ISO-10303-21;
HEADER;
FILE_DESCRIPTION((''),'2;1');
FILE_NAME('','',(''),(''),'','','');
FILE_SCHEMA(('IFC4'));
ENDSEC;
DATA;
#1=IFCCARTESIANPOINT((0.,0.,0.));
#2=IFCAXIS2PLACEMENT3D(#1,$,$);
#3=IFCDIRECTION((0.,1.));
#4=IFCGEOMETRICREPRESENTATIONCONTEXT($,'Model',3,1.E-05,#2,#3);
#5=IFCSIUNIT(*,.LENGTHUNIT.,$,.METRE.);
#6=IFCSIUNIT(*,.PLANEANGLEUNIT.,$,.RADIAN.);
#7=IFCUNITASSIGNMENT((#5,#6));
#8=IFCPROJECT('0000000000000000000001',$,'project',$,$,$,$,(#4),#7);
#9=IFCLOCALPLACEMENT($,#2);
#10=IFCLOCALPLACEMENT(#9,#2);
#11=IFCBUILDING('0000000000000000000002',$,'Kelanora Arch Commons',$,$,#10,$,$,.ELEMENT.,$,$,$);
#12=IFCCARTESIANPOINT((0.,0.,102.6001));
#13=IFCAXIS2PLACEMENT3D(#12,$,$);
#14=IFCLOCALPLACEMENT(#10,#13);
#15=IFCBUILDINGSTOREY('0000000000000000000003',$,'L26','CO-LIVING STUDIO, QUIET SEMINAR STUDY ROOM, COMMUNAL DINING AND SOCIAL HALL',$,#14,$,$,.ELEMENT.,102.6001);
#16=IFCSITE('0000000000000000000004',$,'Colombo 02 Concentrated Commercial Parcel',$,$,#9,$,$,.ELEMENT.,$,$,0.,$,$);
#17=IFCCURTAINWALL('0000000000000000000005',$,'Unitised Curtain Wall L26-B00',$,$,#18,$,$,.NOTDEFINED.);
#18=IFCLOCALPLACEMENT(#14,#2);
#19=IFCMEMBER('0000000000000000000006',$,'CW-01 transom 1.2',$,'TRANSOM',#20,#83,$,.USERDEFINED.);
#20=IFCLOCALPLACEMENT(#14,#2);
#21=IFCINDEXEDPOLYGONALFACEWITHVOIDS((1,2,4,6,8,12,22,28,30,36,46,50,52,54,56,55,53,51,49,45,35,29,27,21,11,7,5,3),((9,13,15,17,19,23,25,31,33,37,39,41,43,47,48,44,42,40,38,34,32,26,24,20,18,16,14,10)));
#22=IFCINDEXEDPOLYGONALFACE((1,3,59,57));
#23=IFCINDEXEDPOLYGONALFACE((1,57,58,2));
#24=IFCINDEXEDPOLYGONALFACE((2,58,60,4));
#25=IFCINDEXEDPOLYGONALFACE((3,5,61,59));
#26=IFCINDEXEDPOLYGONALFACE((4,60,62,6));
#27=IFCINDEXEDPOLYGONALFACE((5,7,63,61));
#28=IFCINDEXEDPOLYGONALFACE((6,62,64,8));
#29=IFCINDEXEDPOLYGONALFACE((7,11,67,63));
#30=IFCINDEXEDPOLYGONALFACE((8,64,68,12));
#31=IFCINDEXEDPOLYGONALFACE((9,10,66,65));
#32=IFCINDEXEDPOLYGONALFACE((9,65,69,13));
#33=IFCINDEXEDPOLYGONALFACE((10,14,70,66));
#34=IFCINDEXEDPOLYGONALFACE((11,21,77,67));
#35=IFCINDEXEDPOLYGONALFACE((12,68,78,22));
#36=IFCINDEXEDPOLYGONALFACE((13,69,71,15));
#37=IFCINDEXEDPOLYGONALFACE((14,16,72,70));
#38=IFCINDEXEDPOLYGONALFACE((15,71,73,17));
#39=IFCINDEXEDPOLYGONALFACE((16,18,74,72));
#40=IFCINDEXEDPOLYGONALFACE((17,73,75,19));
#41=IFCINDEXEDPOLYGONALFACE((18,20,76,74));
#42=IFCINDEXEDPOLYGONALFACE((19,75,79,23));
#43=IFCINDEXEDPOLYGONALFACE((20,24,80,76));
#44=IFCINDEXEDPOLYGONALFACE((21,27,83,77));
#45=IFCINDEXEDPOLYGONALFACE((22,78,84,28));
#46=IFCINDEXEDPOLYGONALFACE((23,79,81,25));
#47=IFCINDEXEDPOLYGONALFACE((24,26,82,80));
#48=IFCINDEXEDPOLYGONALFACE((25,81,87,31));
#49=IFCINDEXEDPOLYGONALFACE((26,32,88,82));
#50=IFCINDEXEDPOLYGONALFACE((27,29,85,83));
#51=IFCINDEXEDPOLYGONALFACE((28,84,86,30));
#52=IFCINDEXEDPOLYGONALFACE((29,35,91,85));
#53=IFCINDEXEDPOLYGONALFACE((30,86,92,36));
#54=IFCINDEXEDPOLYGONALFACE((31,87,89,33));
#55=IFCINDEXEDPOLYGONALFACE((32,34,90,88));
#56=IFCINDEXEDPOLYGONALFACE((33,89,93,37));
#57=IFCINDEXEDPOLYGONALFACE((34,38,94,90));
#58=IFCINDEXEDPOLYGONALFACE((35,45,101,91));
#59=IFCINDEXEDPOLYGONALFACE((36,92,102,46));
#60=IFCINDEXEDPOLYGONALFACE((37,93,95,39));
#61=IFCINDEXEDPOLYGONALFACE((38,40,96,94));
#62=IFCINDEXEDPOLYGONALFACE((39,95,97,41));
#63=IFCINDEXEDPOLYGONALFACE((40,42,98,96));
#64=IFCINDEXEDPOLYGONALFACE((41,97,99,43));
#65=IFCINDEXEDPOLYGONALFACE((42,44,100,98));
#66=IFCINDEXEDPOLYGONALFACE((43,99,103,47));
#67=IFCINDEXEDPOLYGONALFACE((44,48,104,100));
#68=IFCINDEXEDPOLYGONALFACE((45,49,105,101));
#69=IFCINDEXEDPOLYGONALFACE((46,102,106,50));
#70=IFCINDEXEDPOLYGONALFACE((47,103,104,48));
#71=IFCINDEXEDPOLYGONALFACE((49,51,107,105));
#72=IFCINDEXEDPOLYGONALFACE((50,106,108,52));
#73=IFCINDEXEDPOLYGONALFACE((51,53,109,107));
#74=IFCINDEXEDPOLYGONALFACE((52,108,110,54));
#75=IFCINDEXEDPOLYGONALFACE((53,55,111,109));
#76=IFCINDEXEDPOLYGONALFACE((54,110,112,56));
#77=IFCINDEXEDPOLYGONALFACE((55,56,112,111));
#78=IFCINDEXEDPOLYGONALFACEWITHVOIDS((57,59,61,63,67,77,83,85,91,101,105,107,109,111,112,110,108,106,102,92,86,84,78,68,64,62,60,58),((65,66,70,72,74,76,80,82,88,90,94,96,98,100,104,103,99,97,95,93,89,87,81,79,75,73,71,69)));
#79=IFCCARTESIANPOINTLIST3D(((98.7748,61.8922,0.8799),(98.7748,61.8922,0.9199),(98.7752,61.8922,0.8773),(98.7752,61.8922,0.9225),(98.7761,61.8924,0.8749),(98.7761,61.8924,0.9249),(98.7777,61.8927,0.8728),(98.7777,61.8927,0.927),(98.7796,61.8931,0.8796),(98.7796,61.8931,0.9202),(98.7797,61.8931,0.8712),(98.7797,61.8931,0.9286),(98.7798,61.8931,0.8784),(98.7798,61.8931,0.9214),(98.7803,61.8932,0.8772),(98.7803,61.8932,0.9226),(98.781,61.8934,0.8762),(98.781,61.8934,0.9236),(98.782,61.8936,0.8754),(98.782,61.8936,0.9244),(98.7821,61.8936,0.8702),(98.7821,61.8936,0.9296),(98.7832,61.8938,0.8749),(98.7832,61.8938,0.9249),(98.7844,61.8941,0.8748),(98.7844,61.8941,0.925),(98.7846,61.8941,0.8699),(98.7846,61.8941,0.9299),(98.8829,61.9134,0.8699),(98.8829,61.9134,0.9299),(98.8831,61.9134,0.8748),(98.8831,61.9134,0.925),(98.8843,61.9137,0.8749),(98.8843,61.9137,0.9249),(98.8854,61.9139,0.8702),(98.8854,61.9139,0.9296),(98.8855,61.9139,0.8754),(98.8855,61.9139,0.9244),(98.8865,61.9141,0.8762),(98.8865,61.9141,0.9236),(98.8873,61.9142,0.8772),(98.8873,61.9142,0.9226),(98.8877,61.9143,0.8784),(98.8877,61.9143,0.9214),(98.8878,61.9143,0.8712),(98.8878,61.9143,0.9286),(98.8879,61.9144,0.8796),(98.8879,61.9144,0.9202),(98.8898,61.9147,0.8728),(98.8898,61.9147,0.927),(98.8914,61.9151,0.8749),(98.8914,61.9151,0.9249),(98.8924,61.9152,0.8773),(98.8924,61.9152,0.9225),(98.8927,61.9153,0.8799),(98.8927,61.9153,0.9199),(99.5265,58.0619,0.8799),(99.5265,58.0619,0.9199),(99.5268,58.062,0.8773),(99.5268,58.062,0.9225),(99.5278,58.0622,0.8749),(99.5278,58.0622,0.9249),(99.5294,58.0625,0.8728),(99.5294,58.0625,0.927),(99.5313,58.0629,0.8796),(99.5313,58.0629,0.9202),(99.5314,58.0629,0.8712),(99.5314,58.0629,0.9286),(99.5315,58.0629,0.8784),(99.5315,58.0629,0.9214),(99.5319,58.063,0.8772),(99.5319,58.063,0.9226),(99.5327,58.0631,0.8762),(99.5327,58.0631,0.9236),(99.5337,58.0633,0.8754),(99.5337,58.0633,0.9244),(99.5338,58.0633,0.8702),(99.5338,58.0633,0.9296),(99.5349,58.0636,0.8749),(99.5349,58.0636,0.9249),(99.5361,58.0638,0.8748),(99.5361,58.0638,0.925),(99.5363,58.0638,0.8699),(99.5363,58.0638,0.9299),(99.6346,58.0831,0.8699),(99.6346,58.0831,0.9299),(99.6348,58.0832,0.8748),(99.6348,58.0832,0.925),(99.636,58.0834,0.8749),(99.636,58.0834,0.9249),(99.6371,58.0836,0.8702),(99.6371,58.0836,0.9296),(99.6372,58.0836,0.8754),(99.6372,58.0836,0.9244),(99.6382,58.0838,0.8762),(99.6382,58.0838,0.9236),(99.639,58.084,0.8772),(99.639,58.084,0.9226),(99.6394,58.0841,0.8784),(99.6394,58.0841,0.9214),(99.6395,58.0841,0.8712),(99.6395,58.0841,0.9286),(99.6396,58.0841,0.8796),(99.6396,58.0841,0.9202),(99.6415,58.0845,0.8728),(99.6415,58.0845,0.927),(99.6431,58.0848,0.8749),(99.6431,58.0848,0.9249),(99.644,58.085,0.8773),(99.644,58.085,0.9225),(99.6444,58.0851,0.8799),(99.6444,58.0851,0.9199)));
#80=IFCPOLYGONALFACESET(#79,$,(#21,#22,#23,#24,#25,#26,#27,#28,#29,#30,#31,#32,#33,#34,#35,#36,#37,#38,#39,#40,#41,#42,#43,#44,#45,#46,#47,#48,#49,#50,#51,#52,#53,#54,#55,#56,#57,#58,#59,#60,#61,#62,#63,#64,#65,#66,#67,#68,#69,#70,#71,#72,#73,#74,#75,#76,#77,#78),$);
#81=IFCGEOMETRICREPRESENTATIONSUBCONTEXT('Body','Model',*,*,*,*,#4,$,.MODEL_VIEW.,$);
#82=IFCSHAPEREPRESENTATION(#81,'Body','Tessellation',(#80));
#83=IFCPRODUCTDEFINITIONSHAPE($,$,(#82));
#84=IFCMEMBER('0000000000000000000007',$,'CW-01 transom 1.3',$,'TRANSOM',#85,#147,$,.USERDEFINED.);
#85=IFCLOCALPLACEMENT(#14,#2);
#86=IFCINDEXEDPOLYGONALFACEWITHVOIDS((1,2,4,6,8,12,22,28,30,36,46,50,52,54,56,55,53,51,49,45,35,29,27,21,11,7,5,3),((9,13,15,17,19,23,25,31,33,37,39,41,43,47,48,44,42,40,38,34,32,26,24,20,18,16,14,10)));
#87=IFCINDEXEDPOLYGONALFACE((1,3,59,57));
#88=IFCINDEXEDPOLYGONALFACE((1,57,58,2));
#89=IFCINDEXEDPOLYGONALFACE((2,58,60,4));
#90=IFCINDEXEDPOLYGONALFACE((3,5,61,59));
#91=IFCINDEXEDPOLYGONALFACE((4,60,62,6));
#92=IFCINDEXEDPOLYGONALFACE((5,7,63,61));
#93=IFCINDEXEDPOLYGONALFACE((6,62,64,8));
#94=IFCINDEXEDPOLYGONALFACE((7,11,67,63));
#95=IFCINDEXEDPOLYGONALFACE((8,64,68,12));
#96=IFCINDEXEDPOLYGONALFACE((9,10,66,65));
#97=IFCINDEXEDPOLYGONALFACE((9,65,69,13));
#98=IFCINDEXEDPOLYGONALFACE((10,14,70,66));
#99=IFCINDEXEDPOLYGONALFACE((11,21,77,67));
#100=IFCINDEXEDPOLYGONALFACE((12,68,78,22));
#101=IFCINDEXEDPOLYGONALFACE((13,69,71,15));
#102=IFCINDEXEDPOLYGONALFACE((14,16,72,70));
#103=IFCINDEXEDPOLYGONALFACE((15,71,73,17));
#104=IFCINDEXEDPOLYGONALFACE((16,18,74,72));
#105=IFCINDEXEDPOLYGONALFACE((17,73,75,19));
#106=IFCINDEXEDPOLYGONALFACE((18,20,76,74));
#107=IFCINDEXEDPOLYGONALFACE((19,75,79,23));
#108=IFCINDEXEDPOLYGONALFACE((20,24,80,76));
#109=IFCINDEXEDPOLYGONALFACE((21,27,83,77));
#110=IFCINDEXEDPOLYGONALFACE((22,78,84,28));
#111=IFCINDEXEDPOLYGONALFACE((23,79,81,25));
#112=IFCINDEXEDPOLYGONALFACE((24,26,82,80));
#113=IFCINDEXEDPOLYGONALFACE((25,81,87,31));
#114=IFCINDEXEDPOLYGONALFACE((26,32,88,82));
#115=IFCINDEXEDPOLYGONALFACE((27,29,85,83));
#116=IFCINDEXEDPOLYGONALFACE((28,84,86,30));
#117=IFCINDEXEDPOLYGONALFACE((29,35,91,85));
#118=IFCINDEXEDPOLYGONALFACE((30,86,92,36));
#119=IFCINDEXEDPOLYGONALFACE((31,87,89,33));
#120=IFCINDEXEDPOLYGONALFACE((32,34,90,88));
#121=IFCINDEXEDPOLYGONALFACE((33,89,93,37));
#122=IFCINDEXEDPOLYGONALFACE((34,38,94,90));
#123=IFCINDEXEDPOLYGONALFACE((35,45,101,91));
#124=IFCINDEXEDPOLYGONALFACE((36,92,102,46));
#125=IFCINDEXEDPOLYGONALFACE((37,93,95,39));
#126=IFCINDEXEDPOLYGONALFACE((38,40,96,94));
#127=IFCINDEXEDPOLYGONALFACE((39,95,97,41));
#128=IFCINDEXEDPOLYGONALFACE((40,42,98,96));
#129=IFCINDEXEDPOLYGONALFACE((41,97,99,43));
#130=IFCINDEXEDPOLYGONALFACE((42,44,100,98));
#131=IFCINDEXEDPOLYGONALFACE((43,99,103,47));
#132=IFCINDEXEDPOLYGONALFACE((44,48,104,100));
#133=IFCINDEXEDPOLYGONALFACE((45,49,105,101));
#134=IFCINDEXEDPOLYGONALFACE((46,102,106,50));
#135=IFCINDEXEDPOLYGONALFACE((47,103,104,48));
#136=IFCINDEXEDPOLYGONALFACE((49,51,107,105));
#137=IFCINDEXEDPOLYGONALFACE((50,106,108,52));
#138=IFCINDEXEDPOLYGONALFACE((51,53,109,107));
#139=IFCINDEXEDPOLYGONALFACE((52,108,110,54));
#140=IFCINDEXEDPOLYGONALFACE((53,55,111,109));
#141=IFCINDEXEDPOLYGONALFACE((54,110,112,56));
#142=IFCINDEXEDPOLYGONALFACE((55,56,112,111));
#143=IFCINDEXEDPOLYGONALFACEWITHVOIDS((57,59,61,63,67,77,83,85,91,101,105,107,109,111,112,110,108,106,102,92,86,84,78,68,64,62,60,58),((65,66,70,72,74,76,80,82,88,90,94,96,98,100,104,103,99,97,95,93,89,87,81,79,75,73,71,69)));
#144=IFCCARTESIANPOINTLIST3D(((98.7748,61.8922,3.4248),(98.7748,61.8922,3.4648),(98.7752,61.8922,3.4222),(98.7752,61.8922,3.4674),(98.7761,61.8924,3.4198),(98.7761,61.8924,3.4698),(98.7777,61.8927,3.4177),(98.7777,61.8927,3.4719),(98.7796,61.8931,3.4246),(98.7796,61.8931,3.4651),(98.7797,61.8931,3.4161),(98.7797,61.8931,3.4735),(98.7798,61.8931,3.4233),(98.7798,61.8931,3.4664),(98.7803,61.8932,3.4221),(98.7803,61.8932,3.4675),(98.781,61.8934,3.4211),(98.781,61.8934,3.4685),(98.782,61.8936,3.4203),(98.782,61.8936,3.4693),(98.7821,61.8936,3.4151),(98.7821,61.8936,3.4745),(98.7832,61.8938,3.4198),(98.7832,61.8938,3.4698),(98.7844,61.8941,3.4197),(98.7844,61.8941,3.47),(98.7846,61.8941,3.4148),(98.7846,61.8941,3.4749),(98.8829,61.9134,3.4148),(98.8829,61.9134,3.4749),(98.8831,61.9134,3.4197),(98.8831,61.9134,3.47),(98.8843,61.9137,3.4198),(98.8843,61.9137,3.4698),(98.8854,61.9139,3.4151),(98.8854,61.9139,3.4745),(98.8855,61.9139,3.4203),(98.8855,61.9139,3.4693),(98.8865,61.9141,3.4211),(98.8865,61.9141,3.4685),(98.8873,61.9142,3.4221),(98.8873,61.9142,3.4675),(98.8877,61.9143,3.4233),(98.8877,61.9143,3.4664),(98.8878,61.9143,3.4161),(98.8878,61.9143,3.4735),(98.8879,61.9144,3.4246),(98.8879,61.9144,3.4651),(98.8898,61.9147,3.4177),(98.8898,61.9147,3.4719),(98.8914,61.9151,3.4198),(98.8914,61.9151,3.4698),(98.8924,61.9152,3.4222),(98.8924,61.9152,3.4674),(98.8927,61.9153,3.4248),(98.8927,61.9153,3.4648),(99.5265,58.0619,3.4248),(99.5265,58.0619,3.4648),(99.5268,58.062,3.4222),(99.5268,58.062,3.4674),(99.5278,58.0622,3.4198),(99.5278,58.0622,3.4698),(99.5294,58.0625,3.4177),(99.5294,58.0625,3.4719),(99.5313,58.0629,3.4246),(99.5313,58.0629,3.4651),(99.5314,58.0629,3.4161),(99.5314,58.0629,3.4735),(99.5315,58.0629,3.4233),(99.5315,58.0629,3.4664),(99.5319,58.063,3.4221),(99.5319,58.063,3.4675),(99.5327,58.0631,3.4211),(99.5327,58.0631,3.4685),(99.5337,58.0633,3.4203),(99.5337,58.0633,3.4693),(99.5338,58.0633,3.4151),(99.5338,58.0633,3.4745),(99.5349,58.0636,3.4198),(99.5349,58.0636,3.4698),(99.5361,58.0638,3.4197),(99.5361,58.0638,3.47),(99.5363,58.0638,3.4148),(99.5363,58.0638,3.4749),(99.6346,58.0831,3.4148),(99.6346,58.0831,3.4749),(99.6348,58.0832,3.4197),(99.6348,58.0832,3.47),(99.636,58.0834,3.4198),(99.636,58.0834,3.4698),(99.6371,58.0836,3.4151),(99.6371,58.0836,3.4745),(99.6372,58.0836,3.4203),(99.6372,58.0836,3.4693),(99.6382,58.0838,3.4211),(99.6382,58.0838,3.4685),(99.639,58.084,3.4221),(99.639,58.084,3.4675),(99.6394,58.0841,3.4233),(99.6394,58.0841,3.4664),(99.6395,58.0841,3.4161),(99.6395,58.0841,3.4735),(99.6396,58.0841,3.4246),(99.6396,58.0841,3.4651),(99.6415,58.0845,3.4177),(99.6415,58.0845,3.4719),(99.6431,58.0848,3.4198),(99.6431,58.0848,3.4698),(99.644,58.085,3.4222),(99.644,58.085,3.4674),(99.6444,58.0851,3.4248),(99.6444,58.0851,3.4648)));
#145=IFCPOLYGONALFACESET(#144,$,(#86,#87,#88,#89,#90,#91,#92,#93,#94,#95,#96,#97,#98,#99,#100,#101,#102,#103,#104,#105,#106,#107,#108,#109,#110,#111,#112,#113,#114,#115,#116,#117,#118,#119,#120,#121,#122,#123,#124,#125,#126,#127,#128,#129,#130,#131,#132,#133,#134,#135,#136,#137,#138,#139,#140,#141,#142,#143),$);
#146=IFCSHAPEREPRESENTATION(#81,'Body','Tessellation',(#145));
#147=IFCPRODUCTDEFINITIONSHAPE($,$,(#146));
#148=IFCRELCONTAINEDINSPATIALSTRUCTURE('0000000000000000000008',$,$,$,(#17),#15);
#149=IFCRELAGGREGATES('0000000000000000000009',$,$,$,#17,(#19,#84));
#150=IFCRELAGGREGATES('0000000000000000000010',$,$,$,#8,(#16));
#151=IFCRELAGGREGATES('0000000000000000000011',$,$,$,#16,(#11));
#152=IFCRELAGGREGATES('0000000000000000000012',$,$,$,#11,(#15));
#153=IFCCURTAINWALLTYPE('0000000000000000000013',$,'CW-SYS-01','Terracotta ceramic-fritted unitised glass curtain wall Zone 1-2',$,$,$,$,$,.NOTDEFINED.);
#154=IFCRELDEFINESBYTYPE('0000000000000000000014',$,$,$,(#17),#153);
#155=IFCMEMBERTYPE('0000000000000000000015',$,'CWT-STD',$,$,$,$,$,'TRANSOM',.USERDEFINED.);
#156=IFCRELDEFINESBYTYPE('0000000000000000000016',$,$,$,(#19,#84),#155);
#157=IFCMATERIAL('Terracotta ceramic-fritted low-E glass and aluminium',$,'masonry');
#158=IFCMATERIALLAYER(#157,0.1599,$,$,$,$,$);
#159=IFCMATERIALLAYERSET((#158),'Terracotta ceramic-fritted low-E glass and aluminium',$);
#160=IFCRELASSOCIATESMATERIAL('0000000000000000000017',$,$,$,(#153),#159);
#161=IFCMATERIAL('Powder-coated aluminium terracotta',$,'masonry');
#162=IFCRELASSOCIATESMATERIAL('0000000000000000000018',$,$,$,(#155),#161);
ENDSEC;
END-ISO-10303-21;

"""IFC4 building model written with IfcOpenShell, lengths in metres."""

from ifc_helpers import new_model, si_unit, direction, frame, origin, origin_2d, place, context, subcontext, project, spatial, hollow_rectangle, extrude, material, layer, layer_set, material_profile, profile_set, type_object, element, aggregate, save


model = new_model("IFC4")

# Units and contexts
model_context = context("Model", 3, precision=1e-05, world=origin(), true_north=direction((0.0, 1.0)))
body_context = subcontext(model_context, "Body", "Model", "MODEL_VIEW")
ifc_project = project(units=[si_unit("LENGTHUNIT", "METRE"), si_unit("PLANEANGLEUNIT", "RADIAN")], contexts=[model_context])

# Site, building, storey
site_placement = place(None, origin())
site = spatial("IfcSite", under=ifc_project, at=site_placement, Name="Colombo 02 Concentrated Commercial Parcel", CompositionType="ELEMENT", RefElevation=0.0)
building_placement = place(site_placement, origin())
building = spatial("IfcBuilding", under=site, at=building_placement, Name="Kelanora Arch Commons", CompositionType="ELEMENT")
storey_placement = place(building_placement, frame((0.0, 0.0, 102.6001)))
storey = spatial("IfcBuildingStorey", under=building, at=storey_placement, Name="L26", Description="CO-LIVING STUDIO, QUIET SEMINAR STUDY ROOM, COMMUNAL DINING AND SOCIAL HALL", CompositionType="ELEMENT", Elevation=102.6001)

# Curtain wall, members
ifc_material_1 = material(Name="Terracotta ceramic-fritted low-E glass and aluminium", Category="masonry")
ifc_layer_1 = layer(ifc_material_1, 0.1599)
ifc_layer_set_1 = layer_set([ifc_layer_1], Name="Terracotta ceramic-fritted low-E glass and aluminium")
curtain_wall_type = type_object("IfcCurtainWallType", Name="CW-SYS-01", Description="Terracotta ceramic-fritted unitised glass curtain wall Zone 1-2", PredefinedType="NOTDEFINED", material=ifc_layer_set_1)
curtain_wall_placement = place(storey_placement, origin())
curtain_wall = element("IfcCurtainWall", 1, at=curtain_wall_placement, inside=storey, type_object=curtain_wall_type, Name="Unitised Curtain Wall L26-B00", PredefinedType="NOTDEFINED")
ifc_material_2 = material(Name="Powder-coated aluminium terracotta", Category="masonry")
ifc_material_profile_1 = material_profile(ifc_material_2, hollow_rectangle(XDim=0.1201, YDim=0.0601, WallThickness=0.0049, InnerFilletRadius=0.0049, OuterFilletRadius=0.01, at=origin_2d()), Name="CWT120x60")
ifc_profile_set_1 = profile_set([ifc_material_profile_1], Name="Powder-coated aluminium terracotta")
member_type_1 = type_object("IfcMemberType", Name="CWT-STD", ElementType="TRANSOM", PredefinedType="USERDEFINED", material=ifc_profile_set_1)
member_1_placement = place(storey_placement, frame((99.5854, 58.0735, 0.8999), z_axis=(-0.192579, 0.981282, 0.0), x_axis=(-0.981282, -0.192579, 0.0)))
member_1 = element("IfcMember", 2, at=member_1_placement, type_object=member_type_1, Name="CW-01 transom 1.2", ObjectType="TRANSOM", PredefinedType="USERDEFINED", context=body_context, shape_type="SweptSolid", body=[
    extrude(hollow_rectangle(XDim=0.1201, YDim=0.0601, WallThickness=0.0049, InnerFilletRadius=0.0049, OuterFilletRadius=0.01, at=origin_2d()), origin(), (0.0, 0.0, 1.0), 3.9033),
])
member_2_placement = place(storey_placement, frame((99.5854, 58.0735, 3.4448), z_axis=(-0.192579, 0.981282, 0.0), x_axis=(-0.981282, -0.192579, 0.0)))
member_2 = element("IfcMember", 3, at=member_2_placement, type_object=member_type_1, Name="CW-01 transom 1.3", ObjectType="TRANSOM", PredefinedType="USERDEFINED", context=body_context, shape_type="SweptSolid", body=[
    extrude(hollow_rectangle(XDim=0.1201, YDim=0.0601, WallThickness=0.0049, InnerFilletRadius=0.0049, OuterFilletRadius=0.01, at=origin_2d()), origin(), (0.0, 0.0, 1.0), 3.9033),
])
aggregate(curtain_wall, [member_1, member_2])

save(model, "model.ifc")
